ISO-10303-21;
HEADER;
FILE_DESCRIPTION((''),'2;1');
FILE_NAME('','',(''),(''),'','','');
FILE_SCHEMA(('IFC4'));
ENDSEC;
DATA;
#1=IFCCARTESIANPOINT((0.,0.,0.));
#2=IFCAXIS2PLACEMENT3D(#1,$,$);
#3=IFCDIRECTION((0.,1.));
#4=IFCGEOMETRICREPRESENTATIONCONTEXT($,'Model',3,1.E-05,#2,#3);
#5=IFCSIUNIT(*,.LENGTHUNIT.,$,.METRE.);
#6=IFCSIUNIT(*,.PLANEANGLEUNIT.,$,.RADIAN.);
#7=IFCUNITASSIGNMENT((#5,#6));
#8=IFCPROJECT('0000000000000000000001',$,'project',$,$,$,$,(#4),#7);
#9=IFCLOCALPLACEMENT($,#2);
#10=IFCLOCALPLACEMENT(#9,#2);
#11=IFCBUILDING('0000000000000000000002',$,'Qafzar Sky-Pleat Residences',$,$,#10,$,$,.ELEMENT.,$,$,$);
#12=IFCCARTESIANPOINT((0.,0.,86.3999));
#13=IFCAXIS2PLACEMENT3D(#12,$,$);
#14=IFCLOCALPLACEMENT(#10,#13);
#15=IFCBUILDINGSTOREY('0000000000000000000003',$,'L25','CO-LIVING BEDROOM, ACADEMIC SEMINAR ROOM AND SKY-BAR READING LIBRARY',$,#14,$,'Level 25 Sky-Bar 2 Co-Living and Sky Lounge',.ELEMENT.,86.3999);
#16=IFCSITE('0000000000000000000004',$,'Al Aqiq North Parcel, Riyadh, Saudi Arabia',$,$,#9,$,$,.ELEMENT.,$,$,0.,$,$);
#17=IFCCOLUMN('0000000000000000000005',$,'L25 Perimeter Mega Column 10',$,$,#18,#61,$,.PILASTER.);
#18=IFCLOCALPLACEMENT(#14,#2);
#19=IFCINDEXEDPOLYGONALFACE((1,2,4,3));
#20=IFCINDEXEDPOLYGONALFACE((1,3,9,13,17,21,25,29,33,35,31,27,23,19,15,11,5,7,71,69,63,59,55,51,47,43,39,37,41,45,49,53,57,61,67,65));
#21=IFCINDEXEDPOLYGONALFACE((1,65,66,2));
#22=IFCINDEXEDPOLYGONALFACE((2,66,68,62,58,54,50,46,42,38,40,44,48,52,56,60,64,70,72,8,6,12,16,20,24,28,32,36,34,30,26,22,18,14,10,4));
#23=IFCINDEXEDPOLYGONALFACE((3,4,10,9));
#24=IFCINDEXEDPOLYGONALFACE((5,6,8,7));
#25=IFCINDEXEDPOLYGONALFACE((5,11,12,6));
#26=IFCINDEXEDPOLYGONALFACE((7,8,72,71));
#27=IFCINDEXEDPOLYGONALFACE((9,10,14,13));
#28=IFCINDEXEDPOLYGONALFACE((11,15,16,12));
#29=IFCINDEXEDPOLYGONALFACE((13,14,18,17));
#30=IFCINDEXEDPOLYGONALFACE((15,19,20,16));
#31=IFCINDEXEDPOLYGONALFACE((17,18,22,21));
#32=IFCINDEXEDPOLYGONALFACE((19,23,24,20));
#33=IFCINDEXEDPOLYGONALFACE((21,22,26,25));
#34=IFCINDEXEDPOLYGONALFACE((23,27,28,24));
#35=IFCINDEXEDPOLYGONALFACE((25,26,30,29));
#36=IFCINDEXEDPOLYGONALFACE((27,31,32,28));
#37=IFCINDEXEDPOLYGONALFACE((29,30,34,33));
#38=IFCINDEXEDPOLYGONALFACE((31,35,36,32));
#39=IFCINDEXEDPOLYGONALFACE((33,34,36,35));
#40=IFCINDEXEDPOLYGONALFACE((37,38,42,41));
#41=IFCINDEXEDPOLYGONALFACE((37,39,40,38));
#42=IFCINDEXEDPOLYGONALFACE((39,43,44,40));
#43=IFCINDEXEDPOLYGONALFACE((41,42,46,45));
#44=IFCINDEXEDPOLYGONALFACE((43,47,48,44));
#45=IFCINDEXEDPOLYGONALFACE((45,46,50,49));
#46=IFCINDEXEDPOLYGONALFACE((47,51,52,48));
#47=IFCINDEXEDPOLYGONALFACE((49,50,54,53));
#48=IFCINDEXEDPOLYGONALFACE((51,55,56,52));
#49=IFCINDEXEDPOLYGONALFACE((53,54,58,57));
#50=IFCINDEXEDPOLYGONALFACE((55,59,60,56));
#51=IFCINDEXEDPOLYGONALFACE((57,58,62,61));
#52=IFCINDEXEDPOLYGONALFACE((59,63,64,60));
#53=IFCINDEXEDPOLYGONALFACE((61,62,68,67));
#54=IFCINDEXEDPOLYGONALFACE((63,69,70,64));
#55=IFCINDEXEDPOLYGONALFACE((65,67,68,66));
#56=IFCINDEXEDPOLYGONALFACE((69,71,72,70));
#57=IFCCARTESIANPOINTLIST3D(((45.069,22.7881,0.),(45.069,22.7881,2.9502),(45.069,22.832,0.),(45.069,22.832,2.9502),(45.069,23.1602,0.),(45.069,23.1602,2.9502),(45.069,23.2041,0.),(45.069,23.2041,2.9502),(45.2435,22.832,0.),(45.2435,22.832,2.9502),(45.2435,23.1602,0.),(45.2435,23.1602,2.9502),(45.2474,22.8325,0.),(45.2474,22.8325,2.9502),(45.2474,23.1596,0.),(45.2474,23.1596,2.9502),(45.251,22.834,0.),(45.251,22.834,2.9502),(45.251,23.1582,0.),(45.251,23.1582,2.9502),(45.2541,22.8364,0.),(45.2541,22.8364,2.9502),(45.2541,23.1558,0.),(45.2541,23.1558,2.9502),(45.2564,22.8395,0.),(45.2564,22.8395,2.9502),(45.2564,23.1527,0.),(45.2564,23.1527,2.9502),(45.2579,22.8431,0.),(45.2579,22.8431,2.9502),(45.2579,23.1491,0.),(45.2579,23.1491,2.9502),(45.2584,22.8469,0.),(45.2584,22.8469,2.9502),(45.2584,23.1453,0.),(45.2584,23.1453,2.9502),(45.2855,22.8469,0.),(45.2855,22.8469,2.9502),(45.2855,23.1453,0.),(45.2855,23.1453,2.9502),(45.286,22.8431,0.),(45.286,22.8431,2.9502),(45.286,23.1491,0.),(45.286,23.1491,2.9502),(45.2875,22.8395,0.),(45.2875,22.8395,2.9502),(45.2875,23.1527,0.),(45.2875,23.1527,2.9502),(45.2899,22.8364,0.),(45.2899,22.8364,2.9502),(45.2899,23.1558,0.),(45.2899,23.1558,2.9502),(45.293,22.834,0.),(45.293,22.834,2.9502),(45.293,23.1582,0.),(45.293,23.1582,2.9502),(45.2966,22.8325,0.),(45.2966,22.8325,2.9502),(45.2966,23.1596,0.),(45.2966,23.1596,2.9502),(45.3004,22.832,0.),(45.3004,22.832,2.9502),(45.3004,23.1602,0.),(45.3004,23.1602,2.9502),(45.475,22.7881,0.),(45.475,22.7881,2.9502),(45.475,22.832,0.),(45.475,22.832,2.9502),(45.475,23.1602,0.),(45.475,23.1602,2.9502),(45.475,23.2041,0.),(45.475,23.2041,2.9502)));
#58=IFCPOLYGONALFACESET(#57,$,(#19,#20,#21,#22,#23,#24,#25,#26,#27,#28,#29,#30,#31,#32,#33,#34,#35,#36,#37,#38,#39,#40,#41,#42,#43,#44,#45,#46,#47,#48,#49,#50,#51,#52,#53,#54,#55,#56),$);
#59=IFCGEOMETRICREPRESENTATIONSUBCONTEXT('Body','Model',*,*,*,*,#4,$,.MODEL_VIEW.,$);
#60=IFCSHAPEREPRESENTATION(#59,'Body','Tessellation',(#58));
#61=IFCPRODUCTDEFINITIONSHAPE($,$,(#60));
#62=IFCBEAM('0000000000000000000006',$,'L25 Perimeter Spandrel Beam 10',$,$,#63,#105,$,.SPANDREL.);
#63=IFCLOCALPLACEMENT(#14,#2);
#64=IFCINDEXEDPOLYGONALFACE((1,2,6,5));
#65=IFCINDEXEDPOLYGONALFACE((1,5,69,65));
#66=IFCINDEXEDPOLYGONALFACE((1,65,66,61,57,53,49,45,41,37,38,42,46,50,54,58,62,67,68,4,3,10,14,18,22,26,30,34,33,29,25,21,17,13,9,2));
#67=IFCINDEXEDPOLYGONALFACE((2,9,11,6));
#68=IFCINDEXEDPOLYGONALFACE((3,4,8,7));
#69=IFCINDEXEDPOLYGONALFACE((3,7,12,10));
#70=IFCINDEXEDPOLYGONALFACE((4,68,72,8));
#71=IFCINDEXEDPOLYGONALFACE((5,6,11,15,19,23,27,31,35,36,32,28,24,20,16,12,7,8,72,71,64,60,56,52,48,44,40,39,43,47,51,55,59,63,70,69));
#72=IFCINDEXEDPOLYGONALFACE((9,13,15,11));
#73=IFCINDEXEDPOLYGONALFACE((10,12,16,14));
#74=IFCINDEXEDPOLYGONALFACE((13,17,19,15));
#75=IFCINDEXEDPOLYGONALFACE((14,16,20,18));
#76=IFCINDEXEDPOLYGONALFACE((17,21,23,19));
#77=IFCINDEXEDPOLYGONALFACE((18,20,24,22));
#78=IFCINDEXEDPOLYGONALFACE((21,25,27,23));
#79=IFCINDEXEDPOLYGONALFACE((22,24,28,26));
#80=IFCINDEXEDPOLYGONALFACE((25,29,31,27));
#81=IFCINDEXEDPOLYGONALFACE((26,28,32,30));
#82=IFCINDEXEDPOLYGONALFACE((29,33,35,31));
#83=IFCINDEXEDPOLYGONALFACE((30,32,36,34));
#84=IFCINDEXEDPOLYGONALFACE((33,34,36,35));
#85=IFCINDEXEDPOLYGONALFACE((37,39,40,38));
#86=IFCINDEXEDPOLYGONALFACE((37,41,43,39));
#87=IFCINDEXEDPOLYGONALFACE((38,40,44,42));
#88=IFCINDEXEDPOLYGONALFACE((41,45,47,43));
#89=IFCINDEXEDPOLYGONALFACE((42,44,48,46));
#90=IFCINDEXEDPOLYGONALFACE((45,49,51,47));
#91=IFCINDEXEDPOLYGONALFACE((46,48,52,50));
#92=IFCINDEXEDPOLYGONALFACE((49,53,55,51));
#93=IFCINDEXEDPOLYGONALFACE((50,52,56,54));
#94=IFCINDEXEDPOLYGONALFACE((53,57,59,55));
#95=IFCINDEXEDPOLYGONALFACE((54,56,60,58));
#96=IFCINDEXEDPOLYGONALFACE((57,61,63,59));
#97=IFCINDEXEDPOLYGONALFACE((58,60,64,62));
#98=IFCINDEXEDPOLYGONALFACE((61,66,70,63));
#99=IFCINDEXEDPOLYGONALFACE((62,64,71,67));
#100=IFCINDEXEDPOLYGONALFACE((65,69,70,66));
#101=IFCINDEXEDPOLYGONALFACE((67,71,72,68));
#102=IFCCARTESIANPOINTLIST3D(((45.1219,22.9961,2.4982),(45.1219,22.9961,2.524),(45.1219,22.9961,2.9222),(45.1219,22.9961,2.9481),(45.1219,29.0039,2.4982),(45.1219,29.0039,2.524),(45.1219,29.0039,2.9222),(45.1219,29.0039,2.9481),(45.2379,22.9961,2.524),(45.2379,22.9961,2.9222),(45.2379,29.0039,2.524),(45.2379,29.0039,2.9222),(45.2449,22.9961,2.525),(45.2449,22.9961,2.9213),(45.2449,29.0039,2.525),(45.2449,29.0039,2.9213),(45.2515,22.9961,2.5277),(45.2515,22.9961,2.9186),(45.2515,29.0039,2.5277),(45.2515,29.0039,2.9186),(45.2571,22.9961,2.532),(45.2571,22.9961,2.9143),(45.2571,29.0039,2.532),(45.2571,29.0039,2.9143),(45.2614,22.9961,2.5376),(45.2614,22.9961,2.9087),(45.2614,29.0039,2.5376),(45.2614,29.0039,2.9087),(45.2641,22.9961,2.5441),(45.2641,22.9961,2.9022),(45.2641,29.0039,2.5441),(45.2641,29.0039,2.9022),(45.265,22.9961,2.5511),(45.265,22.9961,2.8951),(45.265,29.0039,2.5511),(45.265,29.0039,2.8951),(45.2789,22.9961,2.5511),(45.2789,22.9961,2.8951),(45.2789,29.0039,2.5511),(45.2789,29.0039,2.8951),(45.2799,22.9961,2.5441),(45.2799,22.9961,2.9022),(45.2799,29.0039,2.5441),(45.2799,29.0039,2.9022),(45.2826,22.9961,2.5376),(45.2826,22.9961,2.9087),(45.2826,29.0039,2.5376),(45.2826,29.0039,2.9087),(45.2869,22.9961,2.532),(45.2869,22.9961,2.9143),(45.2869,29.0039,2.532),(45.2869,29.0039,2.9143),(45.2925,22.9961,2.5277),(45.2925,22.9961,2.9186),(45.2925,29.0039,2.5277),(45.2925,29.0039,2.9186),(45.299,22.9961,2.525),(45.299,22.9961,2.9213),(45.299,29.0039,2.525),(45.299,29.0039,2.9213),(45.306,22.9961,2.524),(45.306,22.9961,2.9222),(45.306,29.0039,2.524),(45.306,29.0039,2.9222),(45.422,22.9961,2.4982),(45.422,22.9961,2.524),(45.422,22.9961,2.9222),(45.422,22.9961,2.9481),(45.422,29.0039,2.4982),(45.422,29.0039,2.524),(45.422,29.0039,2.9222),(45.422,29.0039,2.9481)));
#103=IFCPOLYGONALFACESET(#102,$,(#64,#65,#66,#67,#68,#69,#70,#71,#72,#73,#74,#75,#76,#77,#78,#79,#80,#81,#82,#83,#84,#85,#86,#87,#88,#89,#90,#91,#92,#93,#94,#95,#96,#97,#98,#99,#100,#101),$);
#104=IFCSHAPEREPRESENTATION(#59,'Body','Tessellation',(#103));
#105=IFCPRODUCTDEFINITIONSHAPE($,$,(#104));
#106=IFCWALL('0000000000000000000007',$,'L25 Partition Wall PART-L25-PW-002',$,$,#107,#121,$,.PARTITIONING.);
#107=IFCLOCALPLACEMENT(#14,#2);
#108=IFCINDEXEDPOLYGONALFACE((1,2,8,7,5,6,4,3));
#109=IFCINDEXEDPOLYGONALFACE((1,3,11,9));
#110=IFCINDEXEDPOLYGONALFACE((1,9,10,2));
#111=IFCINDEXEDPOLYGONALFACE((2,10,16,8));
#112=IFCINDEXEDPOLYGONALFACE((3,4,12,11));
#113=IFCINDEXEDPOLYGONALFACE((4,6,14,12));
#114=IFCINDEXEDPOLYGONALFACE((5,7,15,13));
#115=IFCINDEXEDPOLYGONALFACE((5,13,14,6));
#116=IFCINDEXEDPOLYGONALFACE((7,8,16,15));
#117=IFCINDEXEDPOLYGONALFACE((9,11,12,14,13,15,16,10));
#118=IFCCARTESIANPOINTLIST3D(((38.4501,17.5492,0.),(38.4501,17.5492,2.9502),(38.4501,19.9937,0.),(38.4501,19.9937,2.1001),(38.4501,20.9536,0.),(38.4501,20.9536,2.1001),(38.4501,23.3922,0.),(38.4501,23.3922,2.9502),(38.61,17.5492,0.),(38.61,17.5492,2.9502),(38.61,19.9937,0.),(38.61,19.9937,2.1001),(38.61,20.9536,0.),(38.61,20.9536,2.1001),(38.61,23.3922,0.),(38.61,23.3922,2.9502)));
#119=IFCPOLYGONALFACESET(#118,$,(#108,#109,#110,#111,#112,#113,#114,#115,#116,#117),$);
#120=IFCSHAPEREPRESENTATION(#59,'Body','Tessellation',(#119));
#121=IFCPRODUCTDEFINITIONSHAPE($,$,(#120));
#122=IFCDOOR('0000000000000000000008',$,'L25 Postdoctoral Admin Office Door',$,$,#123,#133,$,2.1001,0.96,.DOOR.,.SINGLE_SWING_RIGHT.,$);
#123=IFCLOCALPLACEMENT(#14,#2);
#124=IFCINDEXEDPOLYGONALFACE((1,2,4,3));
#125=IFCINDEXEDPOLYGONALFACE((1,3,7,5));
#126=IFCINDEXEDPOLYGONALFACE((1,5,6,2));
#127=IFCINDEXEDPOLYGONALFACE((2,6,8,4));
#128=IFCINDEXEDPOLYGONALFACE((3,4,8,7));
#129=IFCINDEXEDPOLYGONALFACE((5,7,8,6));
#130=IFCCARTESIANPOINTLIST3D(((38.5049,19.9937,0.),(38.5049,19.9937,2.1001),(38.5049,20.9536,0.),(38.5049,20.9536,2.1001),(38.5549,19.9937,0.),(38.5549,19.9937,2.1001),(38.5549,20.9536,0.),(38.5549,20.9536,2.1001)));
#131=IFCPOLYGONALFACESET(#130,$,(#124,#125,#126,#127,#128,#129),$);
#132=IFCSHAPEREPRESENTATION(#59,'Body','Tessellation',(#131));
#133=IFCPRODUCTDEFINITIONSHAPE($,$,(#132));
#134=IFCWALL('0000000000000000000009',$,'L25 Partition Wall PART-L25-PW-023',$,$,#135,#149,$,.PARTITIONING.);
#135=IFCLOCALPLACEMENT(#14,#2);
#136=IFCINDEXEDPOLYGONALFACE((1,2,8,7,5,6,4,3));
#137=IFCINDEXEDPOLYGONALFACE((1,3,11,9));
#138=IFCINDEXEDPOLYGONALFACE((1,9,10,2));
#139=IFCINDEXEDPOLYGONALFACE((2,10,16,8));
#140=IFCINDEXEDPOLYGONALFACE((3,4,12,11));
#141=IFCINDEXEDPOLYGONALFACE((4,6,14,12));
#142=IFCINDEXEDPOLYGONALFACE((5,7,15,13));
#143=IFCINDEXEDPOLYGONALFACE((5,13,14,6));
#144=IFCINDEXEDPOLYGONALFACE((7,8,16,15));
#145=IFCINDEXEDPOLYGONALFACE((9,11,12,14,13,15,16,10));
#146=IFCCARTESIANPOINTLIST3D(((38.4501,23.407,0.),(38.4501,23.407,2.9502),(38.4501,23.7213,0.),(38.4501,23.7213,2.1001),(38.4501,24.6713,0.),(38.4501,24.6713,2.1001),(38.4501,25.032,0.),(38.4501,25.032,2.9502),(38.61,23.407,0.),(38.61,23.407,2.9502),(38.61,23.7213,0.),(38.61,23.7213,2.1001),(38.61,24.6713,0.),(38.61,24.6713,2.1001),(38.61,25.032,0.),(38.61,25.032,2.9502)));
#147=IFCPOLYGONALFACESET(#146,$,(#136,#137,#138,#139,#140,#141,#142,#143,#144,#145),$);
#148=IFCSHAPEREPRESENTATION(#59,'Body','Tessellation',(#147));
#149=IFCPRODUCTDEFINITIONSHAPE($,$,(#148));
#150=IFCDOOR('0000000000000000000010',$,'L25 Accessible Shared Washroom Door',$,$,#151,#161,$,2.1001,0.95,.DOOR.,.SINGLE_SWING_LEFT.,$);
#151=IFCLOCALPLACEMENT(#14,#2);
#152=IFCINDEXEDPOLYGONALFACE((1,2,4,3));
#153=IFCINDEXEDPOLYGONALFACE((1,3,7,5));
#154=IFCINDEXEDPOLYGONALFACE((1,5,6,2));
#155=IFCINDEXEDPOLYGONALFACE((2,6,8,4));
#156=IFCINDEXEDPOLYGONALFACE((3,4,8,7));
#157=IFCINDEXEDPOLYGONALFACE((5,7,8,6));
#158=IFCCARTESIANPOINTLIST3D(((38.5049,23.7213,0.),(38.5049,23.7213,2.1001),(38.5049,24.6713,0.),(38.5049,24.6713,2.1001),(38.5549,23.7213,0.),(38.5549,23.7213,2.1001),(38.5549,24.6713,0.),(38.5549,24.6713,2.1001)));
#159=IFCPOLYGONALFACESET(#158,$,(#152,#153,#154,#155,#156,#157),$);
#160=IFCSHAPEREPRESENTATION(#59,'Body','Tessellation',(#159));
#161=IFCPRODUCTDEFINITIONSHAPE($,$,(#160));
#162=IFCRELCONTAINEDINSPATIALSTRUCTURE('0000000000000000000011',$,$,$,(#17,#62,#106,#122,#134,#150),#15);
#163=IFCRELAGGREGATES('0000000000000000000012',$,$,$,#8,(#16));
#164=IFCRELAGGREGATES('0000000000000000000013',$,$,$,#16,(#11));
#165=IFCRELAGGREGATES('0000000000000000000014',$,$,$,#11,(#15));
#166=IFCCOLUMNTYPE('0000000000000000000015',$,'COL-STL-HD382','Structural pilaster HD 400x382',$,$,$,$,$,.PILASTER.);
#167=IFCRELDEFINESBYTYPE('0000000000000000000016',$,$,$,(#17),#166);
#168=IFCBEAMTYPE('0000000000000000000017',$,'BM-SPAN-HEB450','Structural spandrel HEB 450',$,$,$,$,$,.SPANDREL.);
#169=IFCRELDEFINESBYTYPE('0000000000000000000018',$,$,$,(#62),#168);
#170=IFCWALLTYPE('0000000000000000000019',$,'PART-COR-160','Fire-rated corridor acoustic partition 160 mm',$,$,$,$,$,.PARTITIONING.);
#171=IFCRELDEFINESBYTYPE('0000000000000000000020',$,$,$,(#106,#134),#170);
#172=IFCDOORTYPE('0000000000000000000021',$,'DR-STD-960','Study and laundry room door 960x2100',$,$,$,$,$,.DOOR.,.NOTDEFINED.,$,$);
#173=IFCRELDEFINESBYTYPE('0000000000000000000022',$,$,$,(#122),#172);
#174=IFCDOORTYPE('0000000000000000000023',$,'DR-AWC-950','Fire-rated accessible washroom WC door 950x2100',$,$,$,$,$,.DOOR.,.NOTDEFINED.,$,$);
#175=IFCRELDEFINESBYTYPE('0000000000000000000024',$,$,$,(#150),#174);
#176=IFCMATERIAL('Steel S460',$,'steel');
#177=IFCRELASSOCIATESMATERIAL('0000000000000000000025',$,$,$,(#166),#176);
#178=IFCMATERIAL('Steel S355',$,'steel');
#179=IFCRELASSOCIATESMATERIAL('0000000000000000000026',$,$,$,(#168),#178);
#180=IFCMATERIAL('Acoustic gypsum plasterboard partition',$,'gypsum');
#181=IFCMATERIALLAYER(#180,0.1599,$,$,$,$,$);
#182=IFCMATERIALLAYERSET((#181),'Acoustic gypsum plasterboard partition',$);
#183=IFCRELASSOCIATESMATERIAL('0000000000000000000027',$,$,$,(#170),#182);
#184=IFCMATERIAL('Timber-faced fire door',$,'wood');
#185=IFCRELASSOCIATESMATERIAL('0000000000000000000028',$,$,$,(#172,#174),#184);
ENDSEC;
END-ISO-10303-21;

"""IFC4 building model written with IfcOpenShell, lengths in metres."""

from ifc_helpers import new_model, si_unit, direction, frame, frame_2d, origin, origin_2d, place, context, subcontext, project, spatial, rectangle, i_section, extrude, source, transform, mapped, material, layer, layer_set, material_profile, profile_set, type_object, element, fill, save


model = new_model("IFC4")

# Units and contexts
model_context = context("Model", 3, precision=1e-05, world=origin(), true_north=direction((0.0, 1.0)))
body_context = subcontext(model_context, "Body", "Model", "MODEL_VIEW")
ifc_project = project(units=[si_unit("LENGTHUNIT", "METRE"), si_unit("PLANEANGLEUNIT", "RADIAN")], contexts=[model_context])

# Site, building, storey
site_placement = place(None, origin())
site = spatial("IfcSite", under=ifc_project, at=site_placement, Name="Al Aqiq North Parcel, Riyadh, Saudi Arabia", CompositionType="ELEMENT", RefElevation=0.0)
building_placement = place(site_placement, origin())
building = spatial("IfcBuilding", under=site, at=building_placement, Name="Qafzar Sky-Pleat Residences", CompositionType="ELEMENT")
storey_placement = place(building_placement, frame((0.0, 0.0, 86.3999)))
storey = spatial("IfcBuildingStorey", under=building, at=storey_placement, Name="L25", Description="CO-LIVING BEDROOM, ACADEMIC SEMINAR ROOM AND SKY-BAR READING LIBRARY", LongName="Level 25 Sky-Bar 2 Co-Living and Sky Lounge", CompositionType="ELEMENT", Elevation=86.3999)

# Column
ifc_material_1 = material(Name="Steel S460", Category="steel")
ifc_material_profile_1 = material_profile(ifc_material_1, i_section(OverallWidth=0.406, OverallDepth=0.416, WebThickness=0.0271, FlangeThickness=0.0439, FilletRadius=0.0149, at=origin_2d()), Name="HD 400x382")
ifc_profile_set_1 = profile_set([ifc_material_profile_1], Name="Steel S460")
column_type = type_object("IfcColumnType", Name="COL-STL-HD382", Description="Structural pilaster HD 400x382", PredefinedType="PILASTER", material=ifc_profile_set_1)
shared_shape_1 = source(origin(), body_context, "Body", "SweptSolid", [
    extrude(i_section(OverallWidth=0.406, OverallDepth=0.416, WebThickness=0.0271, FlangeThickness=0.0439, FilletRadius=0.0149, at=origin_2d()), origin(), (0.0, 0.0, 1.0), 2.9502),
])
column_placement = place(storey_placement, frame((45.272, 22.9961, 0.0), z_axis=(0.0, 0.0, 1.0), x_axis=(1.0, 0.0, 0.0)))
element("IfcColumn", 1, at=column_placement, inside=storey, type_object=column_type, Name="L25 Perimeter Mega Column 10", PredefinedType="PILASTER", context=body_context, shape_type="MappedRepresentation", body=[
    mapped(shared_shape_1, transform((0.0, 0.0, 0.0), x_axis=(1.0, 0.0, 0.0), y_axis=(0.0, 1.0, 0.0), z_axis=(0.0, 0.0, 1.0), scale=1.0)),
])

# Beam
ifc_material_2 = material(Name="Steel S355", Category="steel")
ifc_material_profile_2 = material_profile(ifc_material_2, i_section(OverallWidth=0.3, OverallDepth=0.45, WebThickness=0.0139, FlangeThickness=0.0259, FilletRadius=0.0271, at=origin_2d()), Name="HEB 450")
ifc_profile_set_2 = profile_set([ifc_material_profile_2], Name="Steel S355")
beam_type = type_object("IfcBeamType", Name="BM-SPAN-HEB450", Description="Structural spandrel HEB 450", PredefinedType="SPANDREL", material=ifc_profile_set_2)
shared_shape_2 = source(origin(), body_context, "Body", "SweptSolid", [
    extrude(i_section(OverallWidth=0.3, OverallDepth=0.45, WebThickness=0.0139, FlangeThickness=0.0259, FilletRadius=0.0271, at=origin_2d()), origin(), (0.0, 0.0, 1.0), 6.0078),
])
beam_placement = place(storey_placement, frame((45.272, 22.9961, 2.7231), z_axis=(0.0, 1.0, 0.0), x_axis=(-1.0, 0.0, 0.0)))
element("IfcBeam", 2, at=beam_placement, inside=storey, type_object=beam_type, Name="L25 Perimeter Spandrel Beam 10", PredefinedType="SPANDREL", context=body_context, shape_type="MappedRepresentation", body=[
    mapped(shared_shape_2, transform((0.0, 0.0, 0.0), x_axis=(1.0, 0.0, 0.0), y_axis=(0.0, 1.0, 0.0), z_axis=(0.0, 0.0, 1.0), scale=1.0)),
])

# Walls, openings, doors
ifc_material_3 = material(Name="Acoustic gypsum plasterboard partition", Category="gypsum")
ifc_layer_1 = layer(ifc_material_3, 0.1599)
ifc_layer_set_1 = layer_set([ifc_layer_1], Name="Acoustic gypsum plasterboard partition")
wall_type_1 = type_object("IfcWallType", Name="PART-COR-160", Description="Fire-rated corridor acoustic partition 160 mm", PredefinedType="PARTITIONING", material=ifc_layer_set_1)
wall_1_placement = place(storey_placement, frame((38.53, 23.3921, 0.0), z_axis=(0.0, 0.0, 1.0), x_axis=(0.0, -1.0, 0.0)))
wall_1 = element("IfcWall", 3, at=wall_1_placement, inside=storey, type_object=wall_type_1, Name="L25 Partition Wall PART-L25-PW-002", PredefinedType="PARTITIONING", context=body_context, shape_type="SweptSolid", body=[
    extrude(rectangle(XDim=5.843, YDim=0.1599, at=frame_2d((2.9214, 0.0))), origin(), (0.0, 0.0, 1.0), 2.9502),
])
opening_1_placement = place(wall_1_placement, frame((2.4385, 0.0, 0.0)))
opening_1 = element("IfcOpeningElement", 4, at=opening_1_placement, cuts=wall_1, PredefinedType="OPENING", context=body_context, shape_type="SweptSolid", body=[
    extrude(rectangle(XDim=0.96, YDim=2.1001, at=frame_2d((0.48, 1.05))), frame((0.0, 0.0898, 0.0), z_axis=(0.0, -1.0, 0.0), x_axis=(1.0, 0.0, 0.0)), (0.0, 0.0, 1.0), 0.1799),
])
ifc_material_4 = material(Name="Timber-faced fire door", Category="wood")
door_type_1 = type_object("IfcDoorType", Name="DR-STD-960", Description="Study and laundry room door 960x2100", OperationType="NOTDEFINED", PredefinedType="DOOR", material=ifc_material_4)
shared_shape_3 = source(origin(), body_context, "Body", "SweptSolid", [
    extrude(rectangle(XDim=0.96, YDim=2.1001, at=frame_2d((0.48, 1.05))), frame((0.0, 0.0249, 0.0), z_axis=(0.0, -1.0, 0.0), x_axis=(1.0, 0.0, 0.0)), (0.0, 0.0, 1.0), 0.05),
])
door_1_placement = place(opening_1_placement, origin())
door_1 = element("IfcDoor", 5, at=door_1_placement, inside=storey, type_object=door_type_1, Name="L25 Postdoctoral Admin Office Door", OperationType="SINGLE_SWING_RIGHT", OverallHeight=2.1001, OverallWidth=0.96, PredefinedType="DOOR", context=body_context, shape_type="MappedRepresentation", body=[
    mapped(shared_shape_3, transform((0.0, 0.0, 0.0), x_axis=(1.0, 0.0, 0.0), y_axis=(0.0, 1.0, 0.0), z_axis=(0.0, 0.0, 1.0), scale=1.0)),
])
fill(opening_1, door_1)
wall_2_placement = place(storey_placement, frame((38.53, 25.032, 0.0), z_axis=(0.0, 0.0, 1.0), x_axis=(0.0, -1.0, 0.0)))
wall_2 = element("IfcWall", 6, at=wall_2_placement, inside=storey, type_object=wall_type_1, Name="L25 Partition Wall PART-L25-PW-023", PredefinedType="PARTITIONING", context=body_context, shape_type="SweptSolid", body=[
    extrude(rectangle(XDim=1.625, YDim=0.1599, at=frame_2d((0.8125, 0.0))), origin(), (0.0, 0.0, 1.0), 2.9502),
])
opening_2_placement = place(wall_2_placement, frame((0.3606, 0.0, 0.0)))
opening_2 = element("IfcOpeningElement", 7, at=opening_2_placement, cuts=wall_2, PredefinedType="OPENING", context=body_context, shape_type="SweptSolid", body=[
    extrude(rectangle(XDim=0.95, YDim=2.1001, at=frame_2d((0.4751, 1.05))), frame((0.0, 0.0898, 0.0), z_axis=(0.0, -1.0, 0.0), x_axis=(1.0, 0.0, 0.0)), (0.0, 0.0, 1.0), 0.1799),
])
door_type_2 = type_object("IfcDoorType", Name="DR-AWC-950", Description="Fire-rated accessible washroom WC door 950x2100", OperationType="NOTDEFINED", PredefinedType="DOOR", material=ifc_material_4)
shared_shape_4 = source(origin(), body_context, "Body", "SweptSolid", [
    extrude(rectangle(XDim=0.95, YDim=2.1001, at=frame_2d((0.4751, 1.05))), frame((0.0, 0.0249, 0.0), z_axis=(0.0, -1.0, 0.0), x_axis=(1.0, 0.0, 0.0)), (0.0, 0.0, 1.0), 0.05),
])
door_2_placement = place(opening_2_placement, origin())
door_2 = element("IfcDoor", 8, at=door_2_placement, inside=storey, type_object=door_type_2, Name="L25 Accessible Shared Washroom Door", OperationType="SINGLE_SWING_LEFT", OverallHeight=2.1001, OverallWidth=0.95, PredefinedType="DOOR", context=body_context, shape_type="MappedRepresentation", body=[
    mapped(shared_shape_4, transform((0.0, 0.0, 0.0), x_axis=(1.0, 0.0, 0.0), y_axis=(0.0, 1.0, 0.0), z_axis=(0.0, 0.0, 1.0), scale=1.0)),
])
fill(opening_2, door_2)

save(model, "model.ifc")
